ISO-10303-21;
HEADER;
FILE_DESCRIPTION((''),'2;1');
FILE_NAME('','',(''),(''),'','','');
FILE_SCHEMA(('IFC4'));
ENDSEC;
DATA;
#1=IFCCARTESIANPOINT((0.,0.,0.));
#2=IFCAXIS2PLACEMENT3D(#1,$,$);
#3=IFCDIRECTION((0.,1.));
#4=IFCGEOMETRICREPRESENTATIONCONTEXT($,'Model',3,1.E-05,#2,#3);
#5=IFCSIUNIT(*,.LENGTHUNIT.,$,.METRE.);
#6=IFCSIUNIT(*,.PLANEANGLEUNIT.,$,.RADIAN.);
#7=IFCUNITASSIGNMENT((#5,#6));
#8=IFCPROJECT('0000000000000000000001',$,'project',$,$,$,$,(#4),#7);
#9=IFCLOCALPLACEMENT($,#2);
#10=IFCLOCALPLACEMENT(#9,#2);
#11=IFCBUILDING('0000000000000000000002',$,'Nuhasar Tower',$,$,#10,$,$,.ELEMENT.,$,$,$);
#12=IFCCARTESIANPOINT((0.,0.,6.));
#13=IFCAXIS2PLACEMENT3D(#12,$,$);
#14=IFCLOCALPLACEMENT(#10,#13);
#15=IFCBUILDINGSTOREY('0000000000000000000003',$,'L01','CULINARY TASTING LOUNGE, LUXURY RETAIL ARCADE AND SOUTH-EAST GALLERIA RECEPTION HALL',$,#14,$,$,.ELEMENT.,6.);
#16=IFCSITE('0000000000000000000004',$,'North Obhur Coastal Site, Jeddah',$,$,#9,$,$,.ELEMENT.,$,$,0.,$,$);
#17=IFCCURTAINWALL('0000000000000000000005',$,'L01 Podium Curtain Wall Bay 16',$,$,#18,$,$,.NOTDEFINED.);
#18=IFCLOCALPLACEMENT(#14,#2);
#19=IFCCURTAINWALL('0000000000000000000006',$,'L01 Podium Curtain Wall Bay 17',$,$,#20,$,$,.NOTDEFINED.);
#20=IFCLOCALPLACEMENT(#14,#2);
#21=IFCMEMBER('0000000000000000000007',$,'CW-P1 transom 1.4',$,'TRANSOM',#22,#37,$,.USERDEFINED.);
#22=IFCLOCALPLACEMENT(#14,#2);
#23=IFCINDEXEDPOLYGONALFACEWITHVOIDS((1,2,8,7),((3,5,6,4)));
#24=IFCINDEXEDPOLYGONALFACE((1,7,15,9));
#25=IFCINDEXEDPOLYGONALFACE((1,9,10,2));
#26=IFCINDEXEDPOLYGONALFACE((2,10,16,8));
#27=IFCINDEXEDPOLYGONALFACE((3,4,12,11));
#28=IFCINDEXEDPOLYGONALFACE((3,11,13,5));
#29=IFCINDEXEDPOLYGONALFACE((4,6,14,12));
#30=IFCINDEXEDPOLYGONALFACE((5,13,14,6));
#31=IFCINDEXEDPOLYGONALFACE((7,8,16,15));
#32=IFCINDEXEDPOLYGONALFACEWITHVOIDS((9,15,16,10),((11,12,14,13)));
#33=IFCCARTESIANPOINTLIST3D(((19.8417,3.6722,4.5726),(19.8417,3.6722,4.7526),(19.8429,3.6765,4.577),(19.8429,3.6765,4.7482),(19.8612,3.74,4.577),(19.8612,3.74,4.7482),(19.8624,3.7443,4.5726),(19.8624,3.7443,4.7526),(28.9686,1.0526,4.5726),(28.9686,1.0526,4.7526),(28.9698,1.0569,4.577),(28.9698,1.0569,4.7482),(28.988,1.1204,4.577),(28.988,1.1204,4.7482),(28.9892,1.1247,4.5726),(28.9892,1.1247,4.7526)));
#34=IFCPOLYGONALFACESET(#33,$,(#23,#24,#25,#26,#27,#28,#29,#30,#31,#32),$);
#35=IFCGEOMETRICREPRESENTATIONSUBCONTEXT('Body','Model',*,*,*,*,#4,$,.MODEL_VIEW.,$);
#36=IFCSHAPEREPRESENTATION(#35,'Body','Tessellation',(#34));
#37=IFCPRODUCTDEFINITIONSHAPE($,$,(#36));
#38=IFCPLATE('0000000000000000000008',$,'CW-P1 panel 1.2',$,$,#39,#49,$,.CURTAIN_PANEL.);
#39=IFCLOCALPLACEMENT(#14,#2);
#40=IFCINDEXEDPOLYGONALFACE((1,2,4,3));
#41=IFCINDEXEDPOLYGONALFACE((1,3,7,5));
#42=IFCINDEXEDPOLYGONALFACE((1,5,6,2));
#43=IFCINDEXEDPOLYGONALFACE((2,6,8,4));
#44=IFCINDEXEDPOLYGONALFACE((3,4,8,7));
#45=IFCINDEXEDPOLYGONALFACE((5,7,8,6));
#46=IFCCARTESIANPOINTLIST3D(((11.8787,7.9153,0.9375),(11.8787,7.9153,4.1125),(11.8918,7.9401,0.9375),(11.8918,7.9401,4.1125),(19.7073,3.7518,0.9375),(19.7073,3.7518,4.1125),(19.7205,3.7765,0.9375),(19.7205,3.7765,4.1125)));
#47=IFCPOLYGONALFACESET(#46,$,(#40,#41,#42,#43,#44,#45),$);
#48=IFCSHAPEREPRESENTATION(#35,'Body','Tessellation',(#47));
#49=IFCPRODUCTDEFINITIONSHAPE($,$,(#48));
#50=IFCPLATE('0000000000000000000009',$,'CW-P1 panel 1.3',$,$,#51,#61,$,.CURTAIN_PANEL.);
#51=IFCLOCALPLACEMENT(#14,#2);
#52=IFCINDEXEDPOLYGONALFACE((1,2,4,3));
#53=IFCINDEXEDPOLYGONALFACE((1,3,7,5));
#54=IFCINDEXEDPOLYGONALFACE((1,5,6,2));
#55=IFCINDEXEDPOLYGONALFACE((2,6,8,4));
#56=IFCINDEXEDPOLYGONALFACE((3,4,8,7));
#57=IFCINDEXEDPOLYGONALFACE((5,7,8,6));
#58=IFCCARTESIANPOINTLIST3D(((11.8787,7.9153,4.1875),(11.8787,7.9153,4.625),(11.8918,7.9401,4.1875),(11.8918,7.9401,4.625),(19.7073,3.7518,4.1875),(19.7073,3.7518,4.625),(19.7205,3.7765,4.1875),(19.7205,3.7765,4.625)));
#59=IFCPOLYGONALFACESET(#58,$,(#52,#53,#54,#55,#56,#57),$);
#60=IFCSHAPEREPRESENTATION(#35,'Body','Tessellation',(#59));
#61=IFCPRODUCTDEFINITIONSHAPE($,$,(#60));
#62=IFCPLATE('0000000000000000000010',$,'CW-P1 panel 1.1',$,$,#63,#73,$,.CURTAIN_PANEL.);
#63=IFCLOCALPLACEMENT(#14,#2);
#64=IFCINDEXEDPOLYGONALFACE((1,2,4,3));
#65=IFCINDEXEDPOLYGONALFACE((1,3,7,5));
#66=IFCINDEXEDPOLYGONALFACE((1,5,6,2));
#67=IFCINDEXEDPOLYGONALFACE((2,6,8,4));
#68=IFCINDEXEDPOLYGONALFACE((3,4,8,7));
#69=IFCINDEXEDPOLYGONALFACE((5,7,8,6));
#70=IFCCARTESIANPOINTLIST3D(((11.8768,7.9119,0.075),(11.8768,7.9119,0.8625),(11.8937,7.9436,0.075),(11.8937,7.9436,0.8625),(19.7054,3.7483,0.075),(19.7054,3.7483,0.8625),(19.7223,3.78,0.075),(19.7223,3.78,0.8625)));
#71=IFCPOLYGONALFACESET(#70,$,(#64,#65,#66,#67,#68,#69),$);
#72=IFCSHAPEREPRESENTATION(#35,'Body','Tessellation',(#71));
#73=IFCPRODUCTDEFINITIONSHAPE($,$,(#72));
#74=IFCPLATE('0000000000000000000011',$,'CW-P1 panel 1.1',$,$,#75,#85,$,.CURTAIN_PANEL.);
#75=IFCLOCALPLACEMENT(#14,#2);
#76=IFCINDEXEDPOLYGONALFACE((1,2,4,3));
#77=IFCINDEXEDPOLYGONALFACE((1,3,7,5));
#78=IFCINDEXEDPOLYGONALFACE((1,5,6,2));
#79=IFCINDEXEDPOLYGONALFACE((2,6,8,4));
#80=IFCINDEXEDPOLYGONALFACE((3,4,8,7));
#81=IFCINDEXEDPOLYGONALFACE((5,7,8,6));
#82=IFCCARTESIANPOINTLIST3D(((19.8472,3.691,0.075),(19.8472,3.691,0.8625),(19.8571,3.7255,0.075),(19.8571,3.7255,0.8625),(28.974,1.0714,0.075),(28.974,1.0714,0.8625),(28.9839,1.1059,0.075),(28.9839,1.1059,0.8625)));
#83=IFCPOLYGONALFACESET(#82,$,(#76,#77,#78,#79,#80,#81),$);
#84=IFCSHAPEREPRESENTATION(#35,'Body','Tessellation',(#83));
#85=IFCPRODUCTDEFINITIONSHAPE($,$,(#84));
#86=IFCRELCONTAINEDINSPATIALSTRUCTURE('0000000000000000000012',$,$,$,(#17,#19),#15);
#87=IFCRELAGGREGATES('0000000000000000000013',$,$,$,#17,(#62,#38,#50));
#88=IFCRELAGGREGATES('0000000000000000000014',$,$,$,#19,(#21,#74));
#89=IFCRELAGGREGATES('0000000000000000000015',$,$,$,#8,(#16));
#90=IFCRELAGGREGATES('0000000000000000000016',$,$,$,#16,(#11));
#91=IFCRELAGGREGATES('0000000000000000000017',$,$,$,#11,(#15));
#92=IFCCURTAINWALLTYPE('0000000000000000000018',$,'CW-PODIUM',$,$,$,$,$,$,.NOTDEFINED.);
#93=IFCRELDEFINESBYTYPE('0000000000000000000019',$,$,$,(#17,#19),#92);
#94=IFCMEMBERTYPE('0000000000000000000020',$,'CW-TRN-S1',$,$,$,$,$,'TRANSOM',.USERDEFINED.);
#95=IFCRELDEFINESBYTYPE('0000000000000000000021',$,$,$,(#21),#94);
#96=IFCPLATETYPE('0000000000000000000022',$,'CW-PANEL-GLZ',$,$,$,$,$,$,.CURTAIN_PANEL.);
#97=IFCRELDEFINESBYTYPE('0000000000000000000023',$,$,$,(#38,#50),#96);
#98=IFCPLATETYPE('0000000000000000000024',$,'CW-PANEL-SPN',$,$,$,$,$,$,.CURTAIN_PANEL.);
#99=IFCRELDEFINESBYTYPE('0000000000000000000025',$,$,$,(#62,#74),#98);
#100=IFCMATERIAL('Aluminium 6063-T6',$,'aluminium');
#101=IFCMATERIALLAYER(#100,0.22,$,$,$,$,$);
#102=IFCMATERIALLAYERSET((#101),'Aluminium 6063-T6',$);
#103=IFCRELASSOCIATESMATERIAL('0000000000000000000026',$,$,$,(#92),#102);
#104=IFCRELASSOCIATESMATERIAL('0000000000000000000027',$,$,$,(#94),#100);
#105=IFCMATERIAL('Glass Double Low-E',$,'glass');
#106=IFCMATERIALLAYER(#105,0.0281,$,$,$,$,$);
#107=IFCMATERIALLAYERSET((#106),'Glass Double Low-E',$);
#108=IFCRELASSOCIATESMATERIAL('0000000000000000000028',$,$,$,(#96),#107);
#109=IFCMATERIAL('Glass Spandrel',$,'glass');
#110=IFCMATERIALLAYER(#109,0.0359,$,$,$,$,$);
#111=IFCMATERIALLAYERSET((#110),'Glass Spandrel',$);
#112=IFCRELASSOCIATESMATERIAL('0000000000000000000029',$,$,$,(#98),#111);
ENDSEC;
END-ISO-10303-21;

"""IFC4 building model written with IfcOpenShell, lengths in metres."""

from ifc_helpers import new_model, si_unit, direction, frame, origin, origin_2d, place, context, subcontext, project, spatial, rectangle, hollow_rectangle, extrude, material, layer, layer_set, material_profile, profile_set, type_object, element, aggregate, save


model = new_model("IFC4")

# Units and contexts
model_context = context("Model", 3, precision=1e-05, world=origin(), true_north=direction((0.0, 1.0)))
body_context = subcontext(model_context, "Body", "Model", "MODEL_VIEW")
ifc_project = project(units=[si_unit("LENGTHUNIT", "METRE"), si_unit("PLANEANGLEUNIT", "RADIAN")], contexts=[model_context])

# Site, building, storey
site_placement = place(None, origin())
site = spatial("IfcSite", under=ifc_project, at=site_placement, Name="North Obhur Coastal Site, Jeddah", CompositionType="ELEMENT", RefElevation=0.0)
building_placement = place(site_placement, origin())
building = spatial("IfcBuilding", under=site, at=building_placement, Name="Nuhasar Tower", CompositionType="ELEMENT")
storey_placement = place(building_placement, frame((0.0, 0.0, 6.0)))
storey = spatial("IfcBuildingStorey", under=building, at=storey_placement, Name="L01", Description="CULINARY TASTING LOUNGE, LUXURY RETAIL ARCADE AND SOUTH-EAST GALLERIA RECEPTION HALL", CompositionType="ELEMENT", Elevation=6.0)

# Shared definitions
ifc_material_1 = material(Name="Aluminium 6063-T6", Category="aluminium")
ifc_layer_1 = layer(ifc_material_1, 0.22)
ifc_layer_set_1 = layer_set([ifc_layer_1], Name="Aluminium 6063-T6")
curtain_wall_type = type_object("IfcCurtainWallType", Name="CW-PODIUM", PredefinedType="NOTDEFINED", material=ifc_layer_set_1)

# Curtain wall
curtain_wall_1_placement = place(storey_placement, origin())
curtain_wall_1 = element("IfcCurtainWall", 1, at=curtain_wall_1_placement, inside=storey, type_object=curtain_wall_type, Name="L01 Podium Curtain Wall Bay 16", PredefinedType="NOTDEFINED")

# Curtain wall
curtain_wall_2_placement = place(storey_placement, origin())
curtain_wall_2 = element("IfcCurtainWall", 2, at=curtain_wall_2_placement, inside=storey, type_object=curtain_wall_type, Name="L01 Podium Curtain Wall Bay 17", PredefinedType="NOTDEFINED")

# Member
ifc_material_profile_1 = material_profile(ifc_material_1, hollow_rectangle(XDim=0.075, YDim=0.1799, WallThickness=0.0044, at=origin_2d()), Name="CWT-1")
ifc_profile_set_1 = profile_set([ifc_material_profile_1], Name="Aluminium 6063-T6")
member_type_1 = type_object("IfcMemberType", Name="CW-TRN-S1", ElementType="TRANSOM", PredefinedType="USERDEFINED", material=ifc_profile_set_1)
member_1_placement = place(storey_placement, frame((19.8521, 3.7083, 4.6626), z_axis=(0.961191, -0.275882, 0.0), x_axis=(0.275882, 0.961191, 0.0)))
member_1 = element("IfcMember", 3, at=member_1_placement, type_object=member_type_1, Name="CW-P1 transom 1.4", ObjectType="TRANSOM", PredefinedType="USERDEFINED", context=body_context, shape_type="SweptSolid", body=[
    extrude(hollow_rectangle(XDim=0.075, YDim=0.1799, WallThickness=0.0044, at=origin_2d()), origin(), (0.0, 0.0, 1.0), 9.4954),
])

# Plates
ifc_material_2 = material(Name="Glass Double Low-E", Category="glass")
ifc_layer_2 = layer(ifc_material_2, 0.0281)
ifc_layer_set_2 = layer_set([ifc_layer_2], Name="Glass Double Low-E")
plate_type_1 = type_object("IfcPlateType", Name="CW-PANEL-GLZ", PredefinedType="CURTAIN_PANEL", material=ifc_layer_set_2)
plate_1_placement = place(storey_placement, frame((15.7996, 5.8459, 0.9375), z_axis=(0.0, 0.0, 1.0), x_axis=(0.882899, -0.469563, 0.0)))
plate_1 = element("IfcPlate", 4, at=plate_1_placement, type_object=plate_type_1, Name="CW-P1 panel 1.2", PredefinedType="CURTAIN_PANEL", context=body_context, shape_type="SweptSolid", body=[
    extrude(rectangle(XDim=8.8669, YDim=0.0281, at=origin_2d()), origin(), (0.0, 0.0, 1.0), 3.175),
])
plate_2_placement = place(storey_placement, frame((15.7996, 5.8459, 4.1875), z_axis=(0.0, 0.0, 1.0), x_axis=(0.882899, -0.469563, 0.0)))
plate_2 = element("IfcPlate", 5, at=plate_2_placement, type_object=plate_type_1, Name="CW-P1 panel 1.3", PredefinedType="CURTAIN_PANEL", context=body_context, shape_type="SweptSolid", body=[
    extrude(rectangle(XDim=8.8669, YDim=0.0281, at=origin_2d()), origin(), (0.0, 0.0, 1.0), 0.4375),
])
ifc_material_3 = material(Name="Glass Spandrel", Category="glass")
ifc_layer_3 = layer(ifc_material_3, 0.0359)
ifc_layer_set_3 = layer_set([ifc_layer_3], Name="Glass Spandrel")
plate_type_2 = type_object("IfcPlateType", Name="CW-PANEL-SPN", PredefinedType="CURTAIN_PANEL", material=ifc_layer_set_3)
plate_3_placement = place(storey_placement, frame((15.7996, 5.8459, 0.075), z_axis=(0.0, 0.0, 1.0), x_axis=(0.882899, -0.469563, 0.0)))
plate_3 = element("IfcPlate", 6, at=plate_3_placement, type_object=plate_type_2, Name="CW-P1 panel 1.1", PredefinedType="CURTAIN_PANEL", context=body_context, shape_type="SweptSolid", body=[
    extrude(rectangle(XDim=8.8669, YDim=0.0359, at=origin_2d()), origin(), (0.0, 0.0, 1.0), 0.7876),
])
aggregate(curtain_wall_1, [plate_3, plate_1, plate_2])
plate_4_placement = place(storey_placement, frame((24.4155, 2.3984, 0.075), z_axis=(0.0, 0.0, 1.0), x_axis=(0.961191, -0.275885, 0.0)))
plate_4 = element("IfcPlate", 7, at=plate_4_placement, type_object=plate_type_2, Name="CW-P1 panel 1.1", PredefinedType="CURTAIN_PANEL", context=body_context, shape_type="SweptSolid", body=[
    extrude(rectangle(XDim=9.4954, YDim=0.0359, at=origin_2d()), origin(), (0.0, 0.0, 1.0), 0.7876),
])
aggregate(curtain_wall_2, [member_1, plate_4])

save(model, "model.ifc")
